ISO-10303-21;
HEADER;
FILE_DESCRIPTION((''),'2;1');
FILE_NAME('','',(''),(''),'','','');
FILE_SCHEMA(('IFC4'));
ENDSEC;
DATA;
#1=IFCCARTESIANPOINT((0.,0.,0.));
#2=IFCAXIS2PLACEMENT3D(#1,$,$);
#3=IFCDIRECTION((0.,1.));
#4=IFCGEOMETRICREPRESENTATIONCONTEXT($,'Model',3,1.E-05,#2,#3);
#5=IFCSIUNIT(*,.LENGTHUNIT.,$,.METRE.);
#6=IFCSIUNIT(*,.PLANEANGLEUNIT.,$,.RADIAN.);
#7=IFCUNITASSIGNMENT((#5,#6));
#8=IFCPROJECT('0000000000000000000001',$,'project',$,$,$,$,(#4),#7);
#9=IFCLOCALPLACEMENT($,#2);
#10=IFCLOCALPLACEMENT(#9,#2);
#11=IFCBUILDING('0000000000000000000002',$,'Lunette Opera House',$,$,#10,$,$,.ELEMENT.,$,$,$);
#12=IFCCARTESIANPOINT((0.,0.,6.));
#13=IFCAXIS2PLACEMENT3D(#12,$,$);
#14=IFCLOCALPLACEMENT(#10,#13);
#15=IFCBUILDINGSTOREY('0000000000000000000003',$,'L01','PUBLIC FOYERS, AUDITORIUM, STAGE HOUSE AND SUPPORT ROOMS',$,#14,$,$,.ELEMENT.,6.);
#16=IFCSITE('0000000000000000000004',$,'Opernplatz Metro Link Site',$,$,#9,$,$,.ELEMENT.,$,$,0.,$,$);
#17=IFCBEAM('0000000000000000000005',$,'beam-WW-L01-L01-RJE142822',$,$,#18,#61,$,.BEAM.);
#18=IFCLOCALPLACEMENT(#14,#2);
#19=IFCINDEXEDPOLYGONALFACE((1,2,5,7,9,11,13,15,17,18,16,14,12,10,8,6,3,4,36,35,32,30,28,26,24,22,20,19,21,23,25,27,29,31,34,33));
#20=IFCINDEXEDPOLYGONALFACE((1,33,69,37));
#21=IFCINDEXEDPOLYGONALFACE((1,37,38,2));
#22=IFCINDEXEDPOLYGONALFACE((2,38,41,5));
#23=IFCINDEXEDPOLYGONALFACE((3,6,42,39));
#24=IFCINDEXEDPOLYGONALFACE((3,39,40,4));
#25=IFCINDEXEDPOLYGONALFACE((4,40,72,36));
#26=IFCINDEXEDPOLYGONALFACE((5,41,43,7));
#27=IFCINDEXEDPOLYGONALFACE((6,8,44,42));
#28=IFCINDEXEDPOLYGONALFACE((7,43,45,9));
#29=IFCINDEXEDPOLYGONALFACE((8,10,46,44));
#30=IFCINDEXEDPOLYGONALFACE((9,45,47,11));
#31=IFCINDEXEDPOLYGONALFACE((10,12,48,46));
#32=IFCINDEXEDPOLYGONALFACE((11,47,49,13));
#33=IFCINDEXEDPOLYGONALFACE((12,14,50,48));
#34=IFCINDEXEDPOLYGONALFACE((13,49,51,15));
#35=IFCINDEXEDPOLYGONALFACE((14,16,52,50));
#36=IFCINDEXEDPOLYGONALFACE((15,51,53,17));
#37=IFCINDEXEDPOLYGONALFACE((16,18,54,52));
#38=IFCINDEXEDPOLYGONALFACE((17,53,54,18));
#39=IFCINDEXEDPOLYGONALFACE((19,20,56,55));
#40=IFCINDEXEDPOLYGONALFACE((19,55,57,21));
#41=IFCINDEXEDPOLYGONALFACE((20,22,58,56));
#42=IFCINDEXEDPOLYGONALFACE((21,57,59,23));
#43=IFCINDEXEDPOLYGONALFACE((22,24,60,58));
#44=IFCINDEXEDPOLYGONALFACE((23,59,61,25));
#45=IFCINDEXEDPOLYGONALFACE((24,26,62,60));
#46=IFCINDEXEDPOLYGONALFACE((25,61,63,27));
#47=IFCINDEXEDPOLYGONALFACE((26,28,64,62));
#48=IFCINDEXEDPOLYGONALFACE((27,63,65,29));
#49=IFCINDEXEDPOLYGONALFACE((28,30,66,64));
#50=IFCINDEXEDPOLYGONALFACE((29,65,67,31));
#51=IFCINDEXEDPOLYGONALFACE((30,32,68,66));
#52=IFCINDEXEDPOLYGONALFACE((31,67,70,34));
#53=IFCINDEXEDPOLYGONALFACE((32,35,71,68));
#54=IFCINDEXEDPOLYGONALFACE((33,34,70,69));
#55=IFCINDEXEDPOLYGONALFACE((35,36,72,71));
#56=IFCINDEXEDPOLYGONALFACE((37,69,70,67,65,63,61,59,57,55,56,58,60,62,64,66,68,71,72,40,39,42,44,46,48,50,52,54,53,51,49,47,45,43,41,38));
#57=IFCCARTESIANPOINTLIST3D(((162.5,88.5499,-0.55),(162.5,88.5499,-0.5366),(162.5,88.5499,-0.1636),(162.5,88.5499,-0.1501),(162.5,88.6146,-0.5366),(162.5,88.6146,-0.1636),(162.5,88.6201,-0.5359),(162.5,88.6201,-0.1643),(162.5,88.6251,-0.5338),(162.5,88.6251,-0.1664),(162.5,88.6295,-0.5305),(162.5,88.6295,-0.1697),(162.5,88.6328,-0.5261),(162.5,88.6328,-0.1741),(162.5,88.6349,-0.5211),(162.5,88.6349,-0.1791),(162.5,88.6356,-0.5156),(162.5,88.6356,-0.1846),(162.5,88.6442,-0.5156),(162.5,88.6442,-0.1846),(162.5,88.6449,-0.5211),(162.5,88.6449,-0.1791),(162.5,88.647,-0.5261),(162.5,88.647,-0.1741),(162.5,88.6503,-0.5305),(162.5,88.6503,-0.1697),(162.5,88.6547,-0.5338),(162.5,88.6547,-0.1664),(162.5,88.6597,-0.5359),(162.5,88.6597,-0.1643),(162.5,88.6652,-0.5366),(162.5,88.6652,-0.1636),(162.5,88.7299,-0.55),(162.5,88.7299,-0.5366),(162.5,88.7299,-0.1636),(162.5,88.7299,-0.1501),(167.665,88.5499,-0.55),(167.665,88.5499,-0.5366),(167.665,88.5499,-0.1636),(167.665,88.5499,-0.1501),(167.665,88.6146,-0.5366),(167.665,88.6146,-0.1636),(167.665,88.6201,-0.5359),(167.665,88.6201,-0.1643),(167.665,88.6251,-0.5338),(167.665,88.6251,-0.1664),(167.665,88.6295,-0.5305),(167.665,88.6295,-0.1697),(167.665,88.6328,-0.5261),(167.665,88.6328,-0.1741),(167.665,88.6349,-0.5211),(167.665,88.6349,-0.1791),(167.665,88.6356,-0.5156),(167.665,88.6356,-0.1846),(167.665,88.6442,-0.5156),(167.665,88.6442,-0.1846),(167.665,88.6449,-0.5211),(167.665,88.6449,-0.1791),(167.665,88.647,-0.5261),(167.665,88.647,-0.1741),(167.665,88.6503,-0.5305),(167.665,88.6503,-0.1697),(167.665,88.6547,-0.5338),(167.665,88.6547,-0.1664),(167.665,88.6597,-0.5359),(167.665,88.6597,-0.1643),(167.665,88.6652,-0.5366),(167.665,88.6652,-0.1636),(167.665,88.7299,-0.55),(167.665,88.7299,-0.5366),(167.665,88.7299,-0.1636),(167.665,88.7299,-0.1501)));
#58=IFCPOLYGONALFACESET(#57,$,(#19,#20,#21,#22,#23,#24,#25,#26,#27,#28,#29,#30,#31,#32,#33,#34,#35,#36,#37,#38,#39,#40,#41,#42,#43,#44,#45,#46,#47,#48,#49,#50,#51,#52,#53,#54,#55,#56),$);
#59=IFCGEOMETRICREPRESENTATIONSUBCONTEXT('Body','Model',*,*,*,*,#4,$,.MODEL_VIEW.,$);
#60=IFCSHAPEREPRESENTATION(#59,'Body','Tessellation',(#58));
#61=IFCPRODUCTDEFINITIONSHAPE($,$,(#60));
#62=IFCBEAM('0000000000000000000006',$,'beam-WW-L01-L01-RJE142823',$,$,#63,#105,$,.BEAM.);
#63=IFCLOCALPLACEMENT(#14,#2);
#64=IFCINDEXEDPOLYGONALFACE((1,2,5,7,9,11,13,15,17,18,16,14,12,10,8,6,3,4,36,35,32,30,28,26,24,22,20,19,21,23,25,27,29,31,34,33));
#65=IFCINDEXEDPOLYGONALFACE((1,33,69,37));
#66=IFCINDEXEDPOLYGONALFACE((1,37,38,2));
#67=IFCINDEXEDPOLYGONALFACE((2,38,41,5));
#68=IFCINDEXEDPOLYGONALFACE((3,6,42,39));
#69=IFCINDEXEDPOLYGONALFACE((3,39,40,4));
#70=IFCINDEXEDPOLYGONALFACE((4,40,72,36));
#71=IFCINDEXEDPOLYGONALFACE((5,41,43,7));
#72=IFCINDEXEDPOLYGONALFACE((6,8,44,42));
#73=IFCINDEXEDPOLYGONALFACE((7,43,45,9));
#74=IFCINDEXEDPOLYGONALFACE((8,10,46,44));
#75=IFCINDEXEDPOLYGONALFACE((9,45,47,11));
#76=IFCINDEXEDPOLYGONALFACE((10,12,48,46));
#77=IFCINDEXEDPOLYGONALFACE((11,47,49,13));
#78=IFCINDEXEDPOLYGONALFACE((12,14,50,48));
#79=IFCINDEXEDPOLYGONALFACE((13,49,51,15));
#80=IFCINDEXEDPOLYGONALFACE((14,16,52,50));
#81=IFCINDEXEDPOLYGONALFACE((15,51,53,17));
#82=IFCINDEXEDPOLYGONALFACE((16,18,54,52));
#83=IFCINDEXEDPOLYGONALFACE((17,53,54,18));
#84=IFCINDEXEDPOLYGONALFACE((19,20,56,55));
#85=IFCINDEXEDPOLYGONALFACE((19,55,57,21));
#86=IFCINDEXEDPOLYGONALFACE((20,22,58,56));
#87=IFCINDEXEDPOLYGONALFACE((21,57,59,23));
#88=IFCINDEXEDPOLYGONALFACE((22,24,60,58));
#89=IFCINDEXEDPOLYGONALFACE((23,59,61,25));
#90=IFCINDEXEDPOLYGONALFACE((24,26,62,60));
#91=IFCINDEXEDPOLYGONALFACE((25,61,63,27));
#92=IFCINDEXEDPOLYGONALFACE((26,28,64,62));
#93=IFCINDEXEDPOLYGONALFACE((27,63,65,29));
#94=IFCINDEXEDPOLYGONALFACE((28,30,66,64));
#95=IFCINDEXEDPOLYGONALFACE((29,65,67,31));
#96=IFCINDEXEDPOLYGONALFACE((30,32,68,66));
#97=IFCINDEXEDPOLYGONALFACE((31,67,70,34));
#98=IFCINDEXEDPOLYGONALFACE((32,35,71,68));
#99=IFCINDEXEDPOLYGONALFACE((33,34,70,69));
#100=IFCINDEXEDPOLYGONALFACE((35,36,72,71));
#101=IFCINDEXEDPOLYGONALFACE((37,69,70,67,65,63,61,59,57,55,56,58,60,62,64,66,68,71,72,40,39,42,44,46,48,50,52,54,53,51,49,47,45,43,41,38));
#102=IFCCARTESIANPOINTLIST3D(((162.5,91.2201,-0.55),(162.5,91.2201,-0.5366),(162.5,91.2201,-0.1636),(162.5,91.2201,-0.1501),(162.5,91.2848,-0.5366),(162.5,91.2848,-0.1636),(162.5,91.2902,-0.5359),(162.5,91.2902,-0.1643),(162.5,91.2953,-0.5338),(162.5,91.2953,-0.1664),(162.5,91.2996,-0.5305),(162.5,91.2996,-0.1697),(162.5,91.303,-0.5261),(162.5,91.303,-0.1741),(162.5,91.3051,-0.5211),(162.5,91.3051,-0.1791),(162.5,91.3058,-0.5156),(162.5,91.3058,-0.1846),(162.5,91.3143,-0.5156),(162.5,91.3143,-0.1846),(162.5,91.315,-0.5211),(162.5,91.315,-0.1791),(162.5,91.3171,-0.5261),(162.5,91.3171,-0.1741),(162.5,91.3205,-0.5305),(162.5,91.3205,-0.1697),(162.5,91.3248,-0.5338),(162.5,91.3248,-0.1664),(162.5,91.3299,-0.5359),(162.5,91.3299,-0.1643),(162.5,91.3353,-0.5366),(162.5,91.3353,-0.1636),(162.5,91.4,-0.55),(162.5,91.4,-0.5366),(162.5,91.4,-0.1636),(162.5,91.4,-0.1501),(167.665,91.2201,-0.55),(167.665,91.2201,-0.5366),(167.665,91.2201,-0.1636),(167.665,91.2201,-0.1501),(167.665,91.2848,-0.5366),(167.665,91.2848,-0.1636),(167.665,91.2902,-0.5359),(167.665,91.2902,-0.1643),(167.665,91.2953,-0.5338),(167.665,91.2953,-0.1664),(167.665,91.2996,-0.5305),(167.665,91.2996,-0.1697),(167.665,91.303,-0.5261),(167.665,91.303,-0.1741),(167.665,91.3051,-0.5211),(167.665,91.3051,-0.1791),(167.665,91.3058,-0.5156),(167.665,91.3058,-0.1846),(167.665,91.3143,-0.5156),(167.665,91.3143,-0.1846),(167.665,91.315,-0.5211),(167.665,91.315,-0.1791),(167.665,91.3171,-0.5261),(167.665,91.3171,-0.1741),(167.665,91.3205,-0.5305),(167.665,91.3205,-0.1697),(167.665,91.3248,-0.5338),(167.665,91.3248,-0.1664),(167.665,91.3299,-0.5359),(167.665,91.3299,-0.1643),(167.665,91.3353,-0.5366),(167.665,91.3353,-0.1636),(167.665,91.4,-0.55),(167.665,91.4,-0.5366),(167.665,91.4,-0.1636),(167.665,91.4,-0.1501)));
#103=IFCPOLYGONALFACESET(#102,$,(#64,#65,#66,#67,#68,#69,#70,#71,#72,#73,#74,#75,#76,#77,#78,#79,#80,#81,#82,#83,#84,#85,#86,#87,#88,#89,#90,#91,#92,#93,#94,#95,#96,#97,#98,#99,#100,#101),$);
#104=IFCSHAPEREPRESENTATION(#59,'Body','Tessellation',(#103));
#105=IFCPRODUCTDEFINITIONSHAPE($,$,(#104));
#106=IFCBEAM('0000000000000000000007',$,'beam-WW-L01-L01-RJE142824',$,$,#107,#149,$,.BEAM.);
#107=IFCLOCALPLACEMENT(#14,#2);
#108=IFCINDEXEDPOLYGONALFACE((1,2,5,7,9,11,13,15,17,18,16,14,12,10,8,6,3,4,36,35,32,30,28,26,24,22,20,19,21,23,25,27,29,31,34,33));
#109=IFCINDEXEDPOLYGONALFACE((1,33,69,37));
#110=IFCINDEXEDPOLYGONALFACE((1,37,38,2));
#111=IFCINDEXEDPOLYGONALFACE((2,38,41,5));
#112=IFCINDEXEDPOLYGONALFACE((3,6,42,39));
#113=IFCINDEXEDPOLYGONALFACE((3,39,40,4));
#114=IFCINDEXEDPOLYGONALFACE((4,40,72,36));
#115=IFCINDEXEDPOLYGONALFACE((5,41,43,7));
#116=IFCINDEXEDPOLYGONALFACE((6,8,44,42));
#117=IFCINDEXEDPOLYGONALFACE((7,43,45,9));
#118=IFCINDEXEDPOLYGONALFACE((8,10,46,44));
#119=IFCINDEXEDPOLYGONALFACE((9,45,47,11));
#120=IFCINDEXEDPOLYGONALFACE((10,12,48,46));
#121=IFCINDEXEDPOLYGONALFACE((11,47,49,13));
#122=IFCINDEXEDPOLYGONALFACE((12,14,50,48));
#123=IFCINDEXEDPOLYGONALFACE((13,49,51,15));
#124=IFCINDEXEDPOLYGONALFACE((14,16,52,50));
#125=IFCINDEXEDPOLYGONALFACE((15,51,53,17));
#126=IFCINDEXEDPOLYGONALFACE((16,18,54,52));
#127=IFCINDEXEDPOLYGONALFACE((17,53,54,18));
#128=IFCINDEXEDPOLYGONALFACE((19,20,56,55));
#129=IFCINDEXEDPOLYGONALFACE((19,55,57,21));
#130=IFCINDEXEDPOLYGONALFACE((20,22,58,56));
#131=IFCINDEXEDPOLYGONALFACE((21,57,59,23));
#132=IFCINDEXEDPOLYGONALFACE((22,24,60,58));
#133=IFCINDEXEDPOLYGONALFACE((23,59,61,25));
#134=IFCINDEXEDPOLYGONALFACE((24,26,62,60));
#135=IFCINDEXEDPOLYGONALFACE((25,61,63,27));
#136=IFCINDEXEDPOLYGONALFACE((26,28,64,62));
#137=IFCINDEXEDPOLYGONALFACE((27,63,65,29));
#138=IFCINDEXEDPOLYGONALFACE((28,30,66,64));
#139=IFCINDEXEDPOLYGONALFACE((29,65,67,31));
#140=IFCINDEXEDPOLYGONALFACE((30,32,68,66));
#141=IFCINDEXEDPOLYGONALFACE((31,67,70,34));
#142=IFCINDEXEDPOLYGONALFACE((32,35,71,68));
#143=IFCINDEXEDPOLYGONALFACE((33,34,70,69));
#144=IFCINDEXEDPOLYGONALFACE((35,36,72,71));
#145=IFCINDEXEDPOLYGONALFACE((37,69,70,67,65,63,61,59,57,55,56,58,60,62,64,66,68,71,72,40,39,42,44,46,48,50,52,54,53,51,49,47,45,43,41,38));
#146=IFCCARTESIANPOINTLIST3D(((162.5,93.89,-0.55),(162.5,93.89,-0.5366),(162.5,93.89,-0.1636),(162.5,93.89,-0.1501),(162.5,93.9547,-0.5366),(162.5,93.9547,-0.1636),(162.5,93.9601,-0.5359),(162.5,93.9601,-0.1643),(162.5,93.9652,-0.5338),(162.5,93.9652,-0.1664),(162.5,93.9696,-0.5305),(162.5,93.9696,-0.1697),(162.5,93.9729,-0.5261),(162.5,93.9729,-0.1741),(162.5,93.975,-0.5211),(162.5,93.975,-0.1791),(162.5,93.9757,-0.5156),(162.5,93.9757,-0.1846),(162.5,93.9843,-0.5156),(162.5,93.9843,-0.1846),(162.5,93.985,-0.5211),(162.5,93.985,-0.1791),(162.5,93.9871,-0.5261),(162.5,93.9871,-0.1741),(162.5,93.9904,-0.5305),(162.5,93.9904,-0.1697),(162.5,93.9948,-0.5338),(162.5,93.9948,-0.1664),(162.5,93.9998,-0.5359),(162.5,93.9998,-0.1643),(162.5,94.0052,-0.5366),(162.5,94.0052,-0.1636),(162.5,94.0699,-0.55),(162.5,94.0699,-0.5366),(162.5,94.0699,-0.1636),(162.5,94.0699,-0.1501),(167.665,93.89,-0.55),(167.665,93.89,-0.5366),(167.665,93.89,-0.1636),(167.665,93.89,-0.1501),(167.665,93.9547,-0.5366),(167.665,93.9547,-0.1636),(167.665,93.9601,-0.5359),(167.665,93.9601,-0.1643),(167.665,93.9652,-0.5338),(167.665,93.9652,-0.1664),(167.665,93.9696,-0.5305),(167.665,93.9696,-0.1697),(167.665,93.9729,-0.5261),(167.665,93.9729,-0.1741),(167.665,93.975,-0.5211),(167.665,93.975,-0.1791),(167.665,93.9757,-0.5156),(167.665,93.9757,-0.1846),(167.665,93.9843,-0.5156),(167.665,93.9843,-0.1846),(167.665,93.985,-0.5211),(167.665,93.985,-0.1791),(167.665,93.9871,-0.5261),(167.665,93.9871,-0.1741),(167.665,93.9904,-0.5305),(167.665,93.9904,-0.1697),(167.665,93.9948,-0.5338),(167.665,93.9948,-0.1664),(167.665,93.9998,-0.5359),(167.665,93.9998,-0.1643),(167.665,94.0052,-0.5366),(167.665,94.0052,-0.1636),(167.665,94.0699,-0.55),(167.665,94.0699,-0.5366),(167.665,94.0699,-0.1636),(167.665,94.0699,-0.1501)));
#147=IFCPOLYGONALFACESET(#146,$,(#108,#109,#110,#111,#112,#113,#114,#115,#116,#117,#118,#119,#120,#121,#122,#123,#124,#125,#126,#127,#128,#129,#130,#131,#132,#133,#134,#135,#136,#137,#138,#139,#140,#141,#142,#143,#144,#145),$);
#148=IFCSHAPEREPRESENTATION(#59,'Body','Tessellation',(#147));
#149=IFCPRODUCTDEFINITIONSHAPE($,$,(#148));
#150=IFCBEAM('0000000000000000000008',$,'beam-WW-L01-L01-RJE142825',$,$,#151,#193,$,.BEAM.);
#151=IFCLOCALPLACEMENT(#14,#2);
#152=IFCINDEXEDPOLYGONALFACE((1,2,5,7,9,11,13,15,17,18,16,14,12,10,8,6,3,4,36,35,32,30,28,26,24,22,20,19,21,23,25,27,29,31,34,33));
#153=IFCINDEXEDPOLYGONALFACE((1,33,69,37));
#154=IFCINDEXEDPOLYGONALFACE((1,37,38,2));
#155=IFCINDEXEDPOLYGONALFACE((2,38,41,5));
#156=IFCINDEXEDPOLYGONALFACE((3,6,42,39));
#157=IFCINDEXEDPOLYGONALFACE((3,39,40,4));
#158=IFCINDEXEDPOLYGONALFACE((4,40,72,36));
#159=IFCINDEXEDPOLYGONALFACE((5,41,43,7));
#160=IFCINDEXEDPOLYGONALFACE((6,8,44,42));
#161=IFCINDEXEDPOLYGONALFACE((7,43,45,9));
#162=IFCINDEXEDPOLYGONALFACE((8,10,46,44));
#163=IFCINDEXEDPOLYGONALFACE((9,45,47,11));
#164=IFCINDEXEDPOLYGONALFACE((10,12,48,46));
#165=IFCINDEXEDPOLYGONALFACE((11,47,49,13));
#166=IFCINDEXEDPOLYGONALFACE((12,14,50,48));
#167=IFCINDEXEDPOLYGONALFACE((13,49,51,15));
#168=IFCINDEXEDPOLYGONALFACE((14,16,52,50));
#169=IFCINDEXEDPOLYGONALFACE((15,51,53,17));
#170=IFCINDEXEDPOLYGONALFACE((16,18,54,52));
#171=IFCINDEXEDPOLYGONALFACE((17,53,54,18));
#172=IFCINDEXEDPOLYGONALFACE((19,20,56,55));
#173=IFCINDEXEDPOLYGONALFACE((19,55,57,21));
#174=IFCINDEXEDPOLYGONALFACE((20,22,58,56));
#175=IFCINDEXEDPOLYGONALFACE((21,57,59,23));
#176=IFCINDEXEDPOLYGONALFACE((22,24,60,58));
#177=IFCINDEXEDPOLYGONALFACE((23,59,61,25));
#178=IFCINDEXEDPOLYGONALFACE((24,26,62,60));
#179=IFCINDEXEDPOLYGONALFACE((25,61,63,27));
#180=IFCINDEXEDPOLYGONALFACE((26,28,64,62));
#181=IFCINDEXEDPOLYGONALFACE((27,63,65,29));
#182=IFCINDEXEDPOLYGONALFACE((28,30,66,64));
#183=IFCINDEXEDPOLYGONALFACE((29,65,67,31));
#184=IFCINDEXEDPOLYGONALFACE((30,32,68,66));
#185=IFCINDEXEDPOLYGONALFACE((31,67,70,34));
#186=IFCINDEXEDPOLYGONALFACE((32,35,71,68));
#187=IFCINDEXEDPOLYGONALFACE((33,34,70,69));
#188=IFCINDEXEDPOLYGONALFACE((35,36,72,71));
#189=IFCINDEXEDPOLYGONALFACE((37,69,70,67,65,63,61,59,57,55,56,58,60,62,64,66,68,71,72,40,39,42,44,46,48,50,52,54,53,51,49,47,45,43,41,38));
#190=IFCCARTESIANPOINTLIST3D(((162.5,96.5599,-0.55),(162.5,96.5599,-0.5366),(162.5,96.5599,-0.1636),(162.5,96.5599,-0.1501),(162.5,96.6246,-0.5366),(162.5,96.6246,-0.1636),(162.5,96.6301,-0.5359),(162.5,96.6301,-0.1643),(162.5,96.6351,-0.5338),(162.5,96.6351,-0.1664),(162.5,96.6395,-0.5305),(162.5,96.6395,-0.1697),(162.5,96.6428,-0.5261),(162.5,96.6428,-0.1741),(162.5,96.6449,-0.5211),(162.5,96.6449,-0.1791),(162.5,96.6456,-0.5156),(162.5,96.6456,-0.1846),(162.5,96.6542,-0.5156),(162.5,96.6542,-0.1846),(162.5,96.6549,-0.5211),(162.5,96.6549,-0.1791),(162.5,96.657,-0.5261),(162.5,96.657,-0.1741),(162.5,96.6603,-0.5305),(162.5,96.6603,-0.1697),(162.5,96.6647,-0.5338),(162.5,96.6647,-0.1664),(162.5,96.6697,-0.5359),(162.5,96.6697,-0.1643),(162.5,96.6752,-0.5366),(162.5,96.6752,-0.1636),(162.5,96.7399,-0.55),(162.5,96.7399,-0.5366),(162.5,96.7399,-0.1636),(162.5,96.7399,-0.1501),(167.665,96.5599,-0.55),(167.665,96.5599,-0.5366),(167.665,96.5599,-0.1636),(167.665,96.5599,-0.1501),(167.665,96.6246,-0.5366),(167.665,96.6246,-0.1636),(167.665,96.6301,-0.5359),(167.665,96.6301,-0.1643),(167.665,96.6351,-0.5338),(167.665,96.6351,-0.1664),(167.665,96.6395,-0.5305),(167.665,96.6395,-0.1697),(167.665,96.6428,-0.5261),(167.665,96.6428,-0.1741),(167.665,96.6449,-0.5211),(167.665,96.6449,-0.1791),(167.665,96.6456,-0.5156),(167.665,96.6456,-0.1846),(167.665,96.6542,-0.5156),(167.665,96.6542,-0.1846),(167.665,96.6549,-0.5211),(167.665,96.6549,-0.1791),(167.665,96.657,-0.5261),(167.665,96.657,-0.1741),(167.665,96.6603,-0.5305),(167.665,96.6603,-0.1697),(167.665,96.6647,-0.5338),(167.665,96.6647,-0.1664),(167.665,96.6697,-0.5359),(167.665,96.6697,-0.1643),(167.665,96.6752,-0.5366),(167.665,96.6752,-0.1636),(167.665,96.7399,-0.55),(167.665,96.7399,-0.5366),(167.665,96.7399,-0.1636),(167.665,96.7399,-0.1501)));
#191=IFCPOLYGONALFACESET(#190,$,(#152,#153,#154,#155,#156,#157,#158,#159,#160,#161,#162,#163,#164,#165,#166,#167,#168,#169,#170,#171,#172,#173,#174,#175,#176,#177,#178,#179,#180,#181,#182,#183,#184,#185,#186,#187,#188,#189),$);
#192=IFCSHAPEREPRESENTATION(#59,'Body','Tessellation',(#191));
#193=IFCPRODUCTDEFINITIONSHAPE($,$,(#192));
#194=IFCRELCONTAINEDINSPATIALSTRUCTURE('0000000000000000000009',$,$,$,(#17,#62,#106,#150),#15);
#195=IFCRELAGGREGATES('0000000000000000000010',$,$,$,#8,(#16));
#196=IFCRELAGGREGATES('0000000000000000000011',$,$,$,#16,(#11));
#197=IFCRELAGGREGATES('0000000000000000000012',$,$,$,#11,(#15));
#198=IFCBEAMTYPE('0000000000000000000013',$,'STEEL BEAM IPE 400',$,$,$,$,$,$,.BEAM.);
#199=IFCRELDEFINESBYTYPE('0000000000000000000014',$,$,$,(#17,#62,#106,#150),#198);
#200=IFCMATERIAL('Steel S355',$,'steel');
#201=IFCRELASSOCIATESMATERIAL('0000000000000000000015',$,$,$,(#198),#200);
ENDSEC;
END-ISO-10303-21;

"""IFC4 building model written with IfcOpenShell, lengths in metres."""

from ifc_helpers import new_model, si_unit, direction, frame, origin, origin_2d, place, context, subcontext, project, spatial, i_section, extrude, material, material_profile, profile_set, type_object, element, save


model = new_model("IFC4")

# Units and contexts
model_context = context("Model", 3, precision=1e-05, world=origin(), true_north=direction((0.0, 1.0)))
body_context = subcontext(model_context, "Body", "Model", "MODEL_VIEW")
ifc_project = project(units=[si_unit("LENGTHUNIT", "METRE"), si_unit("PLANEANGLEUNIT", "RADIAN")], contexts=[model_context])

# Site, building, storey
site_placement = place(None, origin())
site = spatial("IfcSite", under=ifc_project, at=site_placement, Name="Opernplatz Metro Link Site", CompositionType="ELEMENT", RefElevation=0.0)
building_placement = place(site_placement, origin())
building = spatial("IfcBuilding", under=site, at=building_placement, Name="Lunette Opera House", CompositionType="ELEMENT")
storey_placement = place(building_placement, frame((0.0, 0.0, 6.0)))
storey = spatial("IfcBuildingStorey", under=building, at=storey_placement, Name="L01", Description="PUBLIC FOYERS, AUDITORIUM, STAGE HOUSE AND SUPPORT ROOMS", CompositionType="ELEMENT", Elevation=6.0)

# Beams
ifc_material_1 = material(Name="Steel S355", Category="steel")
ifc_material_profile_1 = material_profile(ifc_material_1, i_section(OverallWidth=0.1799, OverallDepth=0.3999, WebThickness=0.0085, FlangeThickness=0.0134, FilletRadius=0.021, at=origin_2d()), Name="IPE 400")
ifc_profile_set_1 = profile_set([ifc_material_profile_1], Name="Steel S355")
beam_type_1 = type_object("IfcBeamType", Name="STEEL BEAM IPE 400", PredefinedType="BEAM", material=ifc_profile_set_1)
for number, where, z_axis, x_axis, name in (
    (1, (162.5, 88.6399, -0.3501), (1.0, 0.0, 0.0), (0.0, 1.0, 0.0), "beam-WW-L01-L01-RJE142822"),
    (2, (162.5, 91.3101, -0.3501), (1.0, 0.0, 0.0), (0.0, 1.0, 0.0), "beam-WW-L01-L01-RJE142823"),
    (3, (162.5, 93.98, -0.3501), (1.0, 0.0, 0.0), (0.0, 1.0, 0.0), "beam-WW-L01-L01-RJE142824"),
    (4, (162.5, 96.6499, -0.3501), (1.0, 0.0, 0.0), (0.0, 1.0, 0.0), "beam-WW-L01-L01-RJE142825"),
):
    element("IfcBeam", number, at=place(storey_placement, frame(where, z_axis=z_axis, x_axis=x_axis)), inside=storey, type_object=beam_type_1, Name=name, PredefinedType="BEAM", context=body_context, shape_type="SweptSolid", body=[
        extrude(i_section(OverallWidth=0.1799, OverallDepth=0.3999, WebThickness=0.0085, FlangeThickness=0.0134, FilletRadius=0.021, at=origin_2d()), origin(), (0.0, 0.0, 1.0), 5.165),
    ])

save(model, "model.ifc")
